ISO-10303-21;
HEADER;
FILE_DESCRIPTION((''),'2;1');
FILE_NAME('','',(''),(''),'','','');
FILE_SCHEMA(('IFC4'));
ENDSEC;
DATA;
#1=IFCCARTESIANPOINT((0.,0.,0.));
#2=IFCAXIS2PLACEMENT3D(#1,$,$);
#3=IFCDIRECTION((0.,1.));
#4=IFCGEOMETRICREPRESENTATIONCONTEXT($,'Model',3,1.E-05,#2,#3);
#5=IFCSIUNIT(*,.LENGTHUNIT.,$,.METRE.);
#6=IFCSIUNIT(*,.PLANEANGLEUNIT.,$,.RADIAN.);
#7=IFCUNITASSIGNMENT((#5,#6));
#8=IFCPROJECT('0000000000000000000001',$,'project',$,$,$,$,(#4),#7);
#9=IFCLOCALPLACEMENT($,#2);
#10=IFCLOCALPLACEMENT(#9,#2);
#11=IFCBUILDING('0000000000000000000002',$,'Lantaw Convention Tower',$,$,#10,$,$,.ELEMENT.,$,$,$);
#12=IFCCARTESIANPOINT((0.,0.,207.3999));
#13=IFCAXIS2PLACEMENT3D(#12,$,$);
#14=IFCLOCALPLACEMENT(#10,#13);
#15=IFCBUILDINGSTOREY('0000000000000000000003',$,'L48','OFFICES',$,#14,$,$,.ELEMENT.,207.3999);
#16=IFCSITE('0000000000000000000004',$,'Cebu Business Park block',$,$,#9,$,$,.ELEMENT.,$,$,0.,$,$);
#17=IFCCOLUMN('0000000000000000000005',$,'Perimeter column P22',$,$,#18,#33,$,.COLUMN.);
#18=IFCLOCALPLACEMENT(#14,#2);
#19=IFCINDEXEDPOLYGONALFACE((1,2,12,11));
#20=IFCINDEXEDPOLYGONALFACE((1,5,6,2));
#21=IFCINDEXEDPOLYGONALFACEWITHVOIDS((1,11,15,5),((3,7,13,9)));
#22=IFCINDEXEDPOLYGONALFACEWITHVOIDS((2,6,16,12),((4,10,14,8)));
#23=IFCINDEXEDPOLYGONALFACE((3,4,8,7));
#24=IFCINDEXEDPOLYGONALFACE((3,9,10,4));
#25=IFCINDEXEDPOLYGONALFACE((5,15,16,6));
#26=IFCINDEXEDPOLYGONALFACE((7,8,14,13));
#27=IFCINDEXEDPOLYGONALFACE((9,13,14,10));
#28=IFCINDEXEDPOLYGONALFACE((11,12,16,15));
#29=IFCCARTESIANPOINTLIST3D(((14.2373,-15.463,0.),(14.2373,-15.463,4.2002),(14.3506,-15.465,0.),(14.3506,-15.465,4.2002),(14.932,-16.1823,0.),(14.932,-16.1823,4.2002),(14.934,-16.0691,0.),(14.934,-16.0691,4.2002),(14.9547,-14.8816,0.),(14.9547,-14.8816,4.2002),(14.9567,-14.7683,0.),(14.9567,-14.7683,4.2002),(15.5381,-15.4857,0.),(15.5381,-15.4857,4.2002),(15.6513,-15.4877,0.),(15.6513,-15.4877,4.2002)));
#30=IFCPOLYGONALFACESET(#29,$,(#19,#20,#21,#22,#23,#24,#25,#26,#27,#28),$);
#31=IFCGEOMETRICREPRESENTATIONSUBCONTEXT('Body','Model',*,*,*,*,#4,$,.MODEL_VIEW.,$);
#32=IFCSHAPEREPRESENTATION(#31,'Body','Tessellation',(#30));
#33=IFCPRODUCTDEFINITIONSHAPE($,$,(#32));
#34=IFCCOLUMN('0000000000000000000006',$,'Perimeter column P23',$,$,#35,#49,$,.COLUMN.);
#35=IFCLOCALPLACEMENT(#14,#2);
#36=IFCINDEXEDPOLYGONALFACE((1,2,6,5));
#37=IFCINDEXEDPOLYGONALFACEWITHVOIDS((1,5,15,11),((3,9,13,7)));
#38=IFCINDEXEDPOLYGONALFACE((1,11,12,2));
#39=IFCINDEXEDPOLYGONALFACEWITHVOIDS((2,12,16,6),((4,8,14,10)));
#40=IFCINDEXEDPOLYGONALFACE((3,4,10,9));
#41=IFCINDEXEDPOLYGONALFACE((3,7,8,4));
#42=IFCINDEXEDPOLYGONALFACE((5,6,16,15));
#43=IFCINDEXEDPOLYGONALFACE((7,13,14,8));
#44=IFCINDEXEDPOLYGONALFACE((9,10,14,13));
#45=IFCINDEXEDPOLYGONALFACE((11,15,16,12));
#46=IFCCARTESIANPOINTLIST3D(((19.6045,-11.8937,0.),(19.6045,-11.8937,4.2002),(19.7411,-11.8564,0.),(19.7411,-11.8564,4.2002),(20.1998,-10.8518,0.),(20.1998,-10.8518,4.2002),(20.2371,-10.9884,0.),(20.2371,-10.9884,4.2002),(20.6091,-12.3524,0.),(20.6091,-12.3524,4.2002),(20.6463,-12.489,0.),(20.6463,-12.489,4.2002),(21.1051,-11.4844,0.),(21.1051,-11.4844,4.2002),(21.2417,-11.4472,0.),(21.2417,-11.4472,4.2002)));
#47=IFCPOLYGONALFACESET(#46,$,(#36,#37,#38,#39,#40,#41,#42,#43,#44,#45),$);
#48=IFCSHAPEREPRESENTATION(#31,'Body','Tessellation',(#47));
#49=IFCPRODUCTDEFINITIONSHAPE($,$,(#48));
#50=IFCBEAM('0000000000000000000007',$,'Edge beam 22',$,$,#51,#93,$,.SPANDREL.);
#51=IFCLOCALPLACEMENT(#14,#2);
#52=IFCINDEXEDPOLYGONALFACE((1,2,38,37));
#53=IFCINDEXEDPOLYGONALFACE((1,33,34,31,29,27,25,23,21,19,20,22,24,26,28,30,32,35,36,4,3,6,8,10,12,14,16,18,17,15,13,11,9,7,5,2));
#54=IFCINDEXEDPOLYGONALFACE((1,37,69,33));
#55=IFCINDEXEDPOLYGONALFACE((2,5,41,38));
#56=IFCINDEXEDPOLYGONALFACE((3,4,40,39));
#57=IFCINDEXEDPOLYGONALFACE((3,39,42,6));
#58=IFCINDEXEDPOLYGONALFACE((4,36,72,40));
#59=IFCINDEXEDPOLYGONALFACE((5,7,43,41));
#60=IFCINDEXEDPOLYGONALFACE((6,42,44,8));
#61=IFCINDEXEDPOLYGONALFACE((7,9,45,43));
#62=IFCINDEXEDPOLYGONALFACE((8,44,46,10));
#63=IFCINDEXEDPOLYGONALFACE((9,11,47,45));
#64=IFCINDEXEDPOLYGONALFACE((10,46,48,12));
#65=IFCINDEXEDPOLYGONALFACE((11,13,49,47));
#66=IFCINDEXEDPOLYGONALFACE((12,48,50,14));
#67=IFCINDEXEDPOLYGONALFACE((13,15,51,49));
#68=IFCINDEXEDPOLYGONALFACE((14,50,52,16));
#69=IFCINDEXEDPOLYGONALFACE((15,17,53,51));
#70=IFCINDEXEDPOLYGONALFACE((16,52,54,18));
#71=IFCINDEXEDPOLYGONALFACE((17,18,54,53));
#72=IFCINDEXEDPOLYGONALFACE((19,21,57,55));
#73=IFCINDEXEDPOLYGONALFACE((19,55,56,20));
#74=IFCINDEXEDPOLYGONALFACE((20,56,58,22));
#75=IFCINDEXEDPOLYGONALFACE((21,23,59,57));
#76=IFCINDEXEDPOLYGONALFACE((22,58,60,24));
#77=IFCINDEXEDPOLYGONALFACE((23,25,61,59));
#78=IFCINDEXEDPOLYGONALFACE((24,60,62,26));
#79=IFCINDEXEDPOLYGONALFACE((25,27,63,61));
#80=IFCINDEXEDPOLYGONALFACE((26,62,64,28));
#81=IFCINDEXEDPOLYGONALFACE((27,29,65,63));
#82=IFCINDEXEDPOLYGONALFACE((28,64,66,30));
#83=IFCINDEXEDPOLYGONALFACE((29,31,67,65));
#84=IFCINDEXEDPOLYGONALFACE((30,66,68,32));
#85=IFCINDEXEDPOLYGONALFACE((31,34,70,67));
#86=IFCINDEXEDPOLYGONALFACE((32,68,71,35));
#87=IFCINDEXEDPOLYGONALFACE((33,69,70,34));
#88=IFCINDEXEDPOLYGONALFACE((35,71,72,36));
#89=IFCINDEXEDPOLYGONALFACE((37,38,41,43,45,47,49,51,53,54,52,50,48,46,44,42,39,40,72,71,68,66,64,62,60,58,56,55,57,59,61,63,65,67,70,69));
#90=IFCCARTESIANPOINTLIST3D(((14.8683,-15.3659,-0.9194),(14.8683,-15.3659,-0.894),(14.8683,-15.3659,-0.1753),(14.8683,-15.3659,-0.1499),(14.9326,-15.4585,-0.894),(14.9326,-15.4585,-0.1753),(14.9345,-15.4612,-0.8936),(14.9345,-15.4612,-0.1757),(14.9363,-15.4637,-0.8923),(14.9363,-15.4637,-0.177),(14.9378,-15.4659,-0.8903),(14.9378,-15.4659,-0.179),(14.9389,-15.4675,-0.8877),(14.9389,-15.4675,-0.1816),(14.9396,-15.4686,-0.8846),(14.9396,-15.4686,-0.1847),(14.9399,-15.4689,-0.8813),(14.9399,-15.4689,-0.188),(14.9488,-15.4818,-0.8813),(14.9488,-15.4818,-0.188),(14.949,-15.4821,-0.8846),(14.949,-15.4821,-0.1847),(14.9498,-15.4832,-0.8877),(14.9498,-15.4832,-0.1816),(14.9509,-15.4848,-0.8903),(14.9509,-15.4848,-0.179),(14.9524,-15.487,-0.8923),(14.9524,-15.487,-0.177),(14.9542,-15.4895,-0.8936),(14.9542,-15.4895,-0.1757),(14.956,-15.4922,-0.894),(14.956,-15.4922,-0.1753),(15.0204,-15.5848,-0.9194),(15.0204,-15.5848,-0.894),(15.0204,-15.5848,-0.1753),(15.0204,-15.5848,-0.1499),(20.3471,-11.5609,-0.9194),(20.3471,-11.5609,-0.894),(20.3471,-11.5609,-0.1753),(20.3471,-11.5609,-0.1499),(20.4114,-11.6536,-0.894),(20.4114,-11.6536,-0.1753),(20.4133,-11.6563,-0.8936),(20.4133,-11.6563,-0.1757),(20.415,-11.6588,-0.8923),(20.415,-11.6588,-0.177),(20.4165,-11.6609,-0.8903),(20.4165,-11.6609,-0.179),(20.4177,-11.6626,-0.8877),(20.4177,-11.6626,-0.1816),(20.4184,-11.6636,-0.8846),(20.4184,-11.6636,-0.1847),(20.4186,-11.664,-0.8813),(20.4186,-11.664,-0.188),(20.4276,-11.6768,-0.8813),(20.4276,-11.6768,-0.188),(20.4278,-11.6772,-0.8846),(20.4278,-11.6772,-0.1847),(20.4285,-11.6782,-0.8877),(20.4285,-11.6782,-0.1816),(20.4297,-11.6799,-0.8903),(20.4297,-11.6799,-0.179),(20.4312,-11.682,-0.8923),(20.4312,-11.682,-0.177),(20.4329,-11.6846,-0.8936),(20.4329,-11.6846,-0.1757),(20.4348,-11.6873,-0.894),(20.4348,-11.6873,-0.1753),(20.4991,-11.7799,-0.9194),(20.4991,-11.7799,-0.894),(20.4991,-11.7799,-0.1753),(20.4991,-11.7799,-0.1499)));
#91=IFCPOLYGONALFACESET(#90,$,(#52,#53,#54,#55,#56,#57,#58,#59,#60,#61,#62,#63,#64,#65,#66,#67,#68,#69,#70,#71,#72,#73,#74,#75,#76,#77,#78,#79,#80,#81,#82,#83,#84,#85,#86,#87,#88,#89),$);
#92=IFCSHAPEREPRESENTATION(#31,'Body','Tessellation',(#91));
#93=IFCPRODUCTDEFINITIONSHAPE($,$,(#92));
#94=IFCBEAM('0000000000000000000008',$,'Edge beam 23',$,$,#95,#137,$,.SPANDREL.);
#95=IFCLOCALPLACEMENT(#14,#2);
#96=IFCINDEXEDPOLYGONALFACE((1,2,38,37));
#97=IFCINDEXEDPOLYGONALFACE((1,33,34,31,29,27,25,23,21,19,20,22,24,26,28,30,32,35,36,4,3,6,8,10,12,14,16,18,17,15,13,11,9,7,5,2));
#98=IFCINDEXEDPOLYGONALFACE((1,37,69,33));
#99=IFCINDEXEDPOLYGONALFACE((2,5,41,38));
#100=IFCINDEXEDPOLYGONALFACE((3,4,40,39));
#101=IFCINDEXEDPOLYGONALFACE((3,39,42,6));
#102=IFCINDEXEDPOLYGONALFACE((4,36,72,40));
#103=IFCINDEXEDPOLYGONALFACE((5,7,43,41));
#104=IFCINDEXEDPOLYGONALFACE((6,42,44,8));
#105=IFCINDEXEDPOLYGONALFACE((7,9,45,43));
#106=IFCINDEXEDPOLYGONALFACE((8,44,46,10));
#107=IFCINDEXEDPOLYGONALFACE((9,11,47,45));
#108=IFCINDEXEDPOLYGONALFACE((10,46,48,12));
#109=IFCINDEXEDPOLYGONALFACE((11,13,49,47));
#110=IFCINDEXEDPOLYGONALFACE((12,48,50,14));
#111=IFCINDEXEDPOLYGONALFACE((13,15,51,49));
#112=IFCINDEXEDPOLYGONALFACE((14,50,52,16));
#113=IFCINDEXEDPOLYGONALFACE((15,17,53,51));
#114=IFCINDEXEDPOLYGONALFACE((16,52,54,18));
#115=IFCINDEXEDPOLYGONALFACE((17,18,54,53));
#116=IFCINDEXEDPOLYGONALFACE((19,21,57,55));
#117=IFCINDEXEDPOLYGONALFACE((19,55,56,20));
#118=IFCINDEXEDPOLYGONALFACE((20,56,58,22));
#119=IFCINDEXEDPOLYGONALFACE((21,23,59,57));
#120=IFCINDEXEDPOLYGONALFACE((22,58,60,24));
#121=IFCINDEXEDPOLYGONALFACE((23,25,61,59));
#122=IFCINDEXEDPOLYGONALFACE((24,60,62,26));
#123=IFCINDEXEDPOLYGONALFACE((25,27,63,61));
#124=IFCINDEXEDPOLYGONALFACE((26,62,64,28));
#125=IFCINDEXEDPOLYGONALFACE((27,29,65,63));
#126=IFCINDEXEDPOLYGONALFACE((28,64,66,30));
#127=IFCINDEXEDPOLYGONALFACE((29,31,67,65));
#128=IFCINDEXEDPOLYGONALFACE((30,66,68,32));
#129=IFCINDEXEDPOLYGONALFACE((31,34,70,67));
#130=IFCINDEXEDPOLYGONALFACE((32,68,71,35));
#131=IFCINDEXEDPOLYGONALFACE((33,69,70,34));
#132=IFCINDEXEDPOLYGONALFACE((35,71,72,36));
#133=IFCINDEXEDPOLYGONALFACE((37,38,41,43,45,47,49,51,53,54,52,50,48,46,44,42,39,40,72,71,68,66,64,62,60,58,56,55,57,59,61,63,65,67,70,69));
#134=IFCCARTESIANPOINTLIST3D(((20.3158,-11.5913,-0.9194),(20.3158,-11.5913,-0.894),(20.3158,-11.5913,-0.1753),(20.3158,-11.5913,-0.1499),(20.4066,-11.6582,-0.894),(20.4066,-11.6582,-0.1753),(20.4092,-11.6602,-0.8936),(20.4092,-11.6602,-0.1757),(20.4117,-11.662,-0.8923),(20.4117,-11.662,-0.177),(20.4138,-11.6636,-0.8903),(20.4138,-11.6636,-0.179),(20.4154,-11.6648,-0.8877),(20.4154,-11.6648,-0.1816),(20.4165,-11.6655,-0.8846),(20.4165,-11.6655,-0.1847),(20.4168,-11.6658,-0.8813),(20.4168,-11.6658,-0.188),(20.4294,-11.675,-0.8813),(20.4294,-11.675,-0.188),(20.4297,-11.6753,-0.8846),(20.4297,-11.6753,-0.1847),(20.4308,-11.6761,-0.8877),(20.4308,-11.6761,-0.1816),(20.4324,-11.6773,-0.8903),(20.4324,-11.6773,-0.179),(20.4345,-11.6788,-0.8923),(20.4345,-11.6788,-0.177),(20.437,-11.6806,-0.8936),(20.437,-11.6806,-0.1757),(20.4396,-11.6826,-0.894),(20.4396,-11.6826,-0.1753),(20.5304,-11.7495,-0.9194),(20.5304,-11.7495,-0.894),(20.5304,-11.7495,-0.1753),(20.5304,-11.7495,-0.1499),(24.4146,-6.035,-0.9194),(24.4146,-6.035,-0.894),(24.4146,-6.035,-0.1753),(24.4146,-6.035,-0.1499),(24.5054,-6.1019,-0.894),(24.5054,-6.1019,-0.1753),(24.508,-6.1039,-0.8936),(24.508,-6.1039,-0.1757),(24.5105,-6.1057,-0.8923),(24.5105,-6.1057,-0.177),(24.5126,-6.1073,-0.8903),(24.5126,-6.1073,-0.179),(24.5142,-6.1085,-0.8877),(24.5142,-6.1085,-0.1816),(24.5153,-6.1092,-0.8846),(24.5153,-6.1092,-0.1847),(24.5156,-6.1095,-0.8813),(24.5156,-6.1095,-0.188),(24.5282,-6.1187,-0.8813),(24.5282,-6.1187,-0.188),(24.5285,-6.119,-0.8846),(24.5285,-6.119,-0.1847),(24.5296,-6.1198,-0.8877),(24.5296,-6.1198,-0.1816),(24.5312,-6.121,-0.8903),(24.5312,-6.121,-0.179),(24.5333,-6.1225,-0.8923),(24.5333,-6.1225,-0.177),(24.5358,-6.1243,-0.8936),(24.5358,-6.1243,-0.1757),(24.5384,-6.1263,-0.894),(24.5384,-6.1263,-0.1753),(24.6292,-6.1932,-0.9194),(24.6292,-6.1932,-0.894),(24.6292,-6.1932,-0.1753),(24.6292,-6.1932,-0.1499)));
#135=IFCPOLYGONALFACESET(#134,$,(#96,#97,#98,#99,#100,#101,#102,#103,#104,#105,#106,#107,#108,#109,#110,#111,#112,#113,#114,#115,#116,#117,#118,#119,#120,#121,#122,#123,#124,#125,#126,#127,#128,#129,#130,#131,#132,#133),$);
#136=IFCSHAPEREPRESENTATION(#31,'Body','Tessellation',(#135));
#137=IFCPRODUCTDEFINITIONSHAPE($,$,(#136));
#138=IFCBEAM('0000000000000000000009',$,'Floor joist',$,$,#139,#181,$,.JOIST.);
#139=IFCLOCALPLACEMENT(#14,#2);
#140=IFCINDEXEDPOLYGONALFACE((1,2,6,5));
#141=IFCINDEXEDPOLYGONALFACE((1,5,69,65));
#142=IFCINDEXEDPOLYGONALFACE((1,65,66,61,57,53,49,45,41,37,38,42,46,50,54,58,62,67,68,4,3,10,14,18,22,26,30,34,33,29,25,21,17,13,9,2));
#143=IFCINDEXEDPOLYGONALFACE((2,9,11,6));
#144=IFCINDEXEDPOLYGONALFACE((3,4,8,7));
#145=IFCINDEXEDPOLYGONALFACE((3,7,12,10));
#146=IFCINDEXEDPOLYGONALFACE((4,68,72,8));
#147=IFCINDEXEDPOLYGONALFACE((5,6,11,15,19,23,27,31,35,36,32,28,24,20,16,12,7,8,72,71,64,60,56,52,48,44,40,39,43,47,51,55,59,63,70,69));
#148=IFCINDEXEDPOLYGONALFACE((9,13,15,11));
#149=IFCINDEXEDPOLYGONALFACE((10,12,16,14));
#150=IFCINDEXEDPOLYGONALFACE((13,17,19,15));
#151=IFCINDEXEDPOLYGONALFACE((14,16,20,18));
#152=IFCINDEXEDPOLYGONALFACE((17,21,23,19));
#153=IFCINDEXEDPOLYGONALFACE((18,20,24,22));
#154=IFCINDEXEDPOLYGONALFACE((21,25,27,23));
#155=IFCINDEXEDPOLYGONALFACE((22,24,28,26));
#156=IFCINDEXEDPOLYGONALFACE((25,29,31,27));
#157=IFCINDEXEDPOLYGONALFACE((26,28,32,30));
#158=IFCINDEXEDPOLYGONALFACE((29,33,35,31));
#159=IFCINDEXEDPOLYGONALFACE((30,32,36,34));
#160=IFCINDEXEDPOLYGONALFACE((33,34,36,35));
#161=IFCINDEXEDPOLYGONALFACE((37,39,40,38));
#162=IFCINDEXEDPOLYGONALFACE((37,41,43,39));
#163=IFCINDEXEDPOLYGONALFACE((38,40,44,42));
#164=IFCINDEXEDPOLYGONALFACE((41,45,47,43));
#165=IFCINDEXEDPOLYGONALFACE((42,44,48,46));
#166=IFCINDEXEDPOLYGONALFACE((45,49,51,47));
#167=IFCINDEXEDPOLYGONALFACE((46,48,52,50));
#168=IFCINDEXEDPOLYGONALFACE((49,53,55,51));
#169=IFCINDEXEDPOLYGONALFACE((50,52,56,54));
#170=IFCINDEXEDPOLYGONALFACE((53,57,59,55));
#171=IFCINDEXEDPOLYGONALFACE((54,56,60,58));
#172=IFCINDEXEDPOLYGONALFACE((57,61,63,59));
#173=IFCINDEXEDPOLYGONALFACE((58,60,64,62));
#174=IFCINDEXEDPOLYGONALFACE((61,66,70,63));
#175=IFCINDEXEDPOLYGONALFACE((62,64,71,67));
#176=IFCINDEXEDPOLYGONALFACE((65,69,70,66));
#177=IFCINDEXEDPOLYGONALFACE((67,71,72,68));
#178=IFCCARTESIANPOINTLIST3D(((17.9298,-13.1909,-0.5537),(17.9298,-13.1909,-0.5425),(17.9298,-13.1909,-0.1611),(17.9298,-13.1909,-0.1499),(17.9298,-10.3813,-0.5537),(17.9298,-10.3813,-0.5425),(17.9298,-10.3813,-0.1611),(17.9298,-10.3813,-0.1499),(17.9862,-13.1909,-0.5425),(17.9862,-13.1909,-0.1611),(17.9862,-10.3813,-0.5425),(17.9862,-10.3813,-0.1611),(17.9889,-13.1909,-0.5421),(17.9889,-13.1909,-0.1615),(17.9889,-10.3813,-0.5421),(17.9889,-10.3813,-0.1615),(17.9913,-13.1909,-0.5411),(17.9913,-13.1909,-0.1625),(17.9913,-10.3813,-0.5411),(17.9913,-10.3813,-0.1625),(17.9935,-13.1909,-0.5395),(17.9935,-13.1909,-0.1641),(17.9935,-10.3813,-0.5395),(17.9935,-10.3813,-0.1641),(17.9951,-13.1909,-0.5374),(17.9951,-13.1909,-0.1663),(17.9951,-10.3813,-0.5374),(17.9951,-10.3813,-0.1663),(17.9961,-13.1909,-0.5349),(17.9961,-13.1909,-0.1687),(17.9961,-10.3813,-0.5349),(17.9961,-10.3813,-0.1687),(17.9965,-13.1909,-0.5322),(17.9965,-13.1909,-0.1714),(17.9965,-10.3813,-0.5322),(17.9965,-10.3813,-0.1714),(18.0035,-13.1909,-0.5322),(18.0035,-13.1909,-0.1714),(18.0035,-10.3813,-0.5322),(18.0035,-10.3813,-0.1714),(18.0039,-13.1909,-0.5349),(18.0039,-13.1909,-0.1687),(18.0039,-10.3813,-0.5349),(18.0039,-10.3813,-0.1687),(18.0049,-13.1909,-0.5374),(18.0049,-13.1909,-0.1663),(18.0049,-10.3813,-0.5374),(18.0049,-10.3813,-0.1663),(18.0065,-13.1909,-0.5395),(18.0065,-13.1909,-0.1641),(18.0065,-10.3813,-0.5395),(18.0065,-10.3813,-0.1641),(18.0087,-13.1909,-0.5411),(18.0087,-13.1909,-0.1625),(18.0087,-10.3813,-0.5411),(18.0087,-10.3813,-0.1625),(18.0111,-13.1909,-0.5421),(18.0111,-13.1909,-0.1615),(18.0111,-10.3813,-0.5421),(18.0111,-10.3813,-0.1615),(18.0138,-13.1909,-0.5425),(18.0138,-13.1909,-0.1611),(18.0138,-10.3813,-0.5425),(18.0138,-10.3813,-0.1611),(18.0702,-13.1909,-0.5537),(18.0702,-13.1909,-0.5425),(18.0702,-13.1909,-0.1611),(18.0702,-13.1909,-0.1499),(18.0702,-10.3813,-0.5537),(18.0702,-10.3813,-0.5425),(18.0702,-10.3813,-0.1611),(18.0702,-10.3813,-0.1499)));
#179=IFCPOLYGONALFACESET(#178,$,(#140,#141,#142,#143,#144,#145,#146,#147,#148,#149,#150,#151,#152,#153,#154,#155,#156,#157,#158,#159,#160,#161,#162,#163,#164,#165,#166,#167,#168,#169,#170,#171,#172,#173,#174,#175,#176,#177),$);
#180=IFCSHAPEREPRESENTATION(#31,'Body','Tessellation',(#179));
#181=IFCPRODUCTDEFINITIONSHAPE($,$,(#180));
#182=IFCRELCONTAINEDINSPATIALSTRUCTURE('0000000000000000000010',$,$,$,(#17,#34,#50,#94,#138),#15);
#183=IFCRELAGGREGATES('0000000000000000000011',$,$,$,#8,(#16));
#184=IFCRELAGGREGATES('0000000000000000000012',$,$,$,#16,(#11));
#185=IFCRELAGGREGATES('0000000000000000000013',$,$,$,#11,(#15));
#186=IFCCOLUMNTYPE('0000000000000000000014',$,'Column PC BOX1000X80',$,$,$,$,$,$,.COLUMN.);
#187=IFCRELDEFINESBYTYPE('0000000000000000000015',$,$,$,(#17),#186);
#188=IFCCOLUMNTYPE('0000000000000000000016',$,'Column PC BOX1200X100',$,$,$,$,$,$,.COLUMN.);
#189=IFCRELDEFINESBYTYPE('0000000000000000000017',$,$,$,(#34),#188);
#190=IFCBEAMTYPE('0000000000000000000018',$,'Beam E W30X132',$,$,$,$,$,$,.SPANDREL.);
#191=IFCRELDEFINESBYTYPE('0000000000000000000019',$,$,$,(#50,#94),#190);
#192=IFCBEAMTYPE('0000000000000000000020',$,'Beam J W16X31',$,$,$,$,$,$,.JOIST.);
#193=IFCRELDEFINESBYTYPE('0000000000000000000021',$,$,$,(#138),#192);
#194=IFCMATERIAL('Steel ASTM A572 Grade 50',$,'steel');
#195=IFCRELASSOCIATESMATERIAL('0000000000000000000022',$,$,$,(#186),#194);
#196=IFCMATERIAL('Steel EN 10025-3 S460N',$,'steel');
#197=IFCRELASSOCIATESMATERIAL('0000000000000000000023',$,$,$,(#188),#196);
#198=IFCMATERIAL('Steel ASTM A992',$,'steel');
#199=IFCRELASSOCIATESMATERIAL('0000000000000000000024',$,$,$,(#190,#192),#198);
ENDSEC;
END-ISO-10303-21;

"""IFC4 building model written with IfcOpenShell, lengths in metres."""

from ifc_helpers import new_model, si_unit, direction, frame, origin, origin_2d, place, context, subcontext, project, spatial, rectangle, hollow_rectangle, i_section, extrude, material, material_profile, profile_set, type_object, element, save


model = new_model("IFC4")

# Units and contexts
model_context = context("Model", 3, precision=1e-05, world=origin(), true_north=direction((0.0, 1.0)))
body_context = subcontext(model_context, "Body", "Model", "MODEL_VIEW")
ifc_project = project(units=[si_unit("LENGTHUNIT", "METRE"), si_unit("PLANEANGLEUNIT", "RADIAN")], contexts=[model_context])

# Site, building, storey
site_placement = place(None, origin())
site = spatial("IfcSite", under=ifc_project, at=site_placement, Name="Cebu Business Park block", CompositionType="ELEMENT", RefElevation=0.0)
building_placement = place(site_placement, origin())
building = spatial("IfcBuilding", under=site, at=building_placement, Name="Lantaw Convention Tower", CompositionType="ELEMENT")
storey_placement = place(building_placement, frame((0.0, 0.0, 207.3999)))
storey = spatial("IfcBuildingStorey", under=building, at=storey_placement, Name="L48", Description="OFFICES", CompositionType="ELEMENT", Elevation=207.3999)

# Columns
ifc_material_1 = material(Name="Steel ASTM A572 Grade 50", Category="steel")
ifc_material_profile_1 = material_profile(ifc_material_1, hollow_rectangle(XDim=1.0, YDim=1.0, WallThickness=0.0801, at=origin_2d()), Name="BOX1000X80")
ifc_material_2 = material(Name="Concrete C60/75", Category="concrete")
ifc_material_profile_2 = material_profile(ifc_material_2, rectangle(XDim=0.8401, YDim=0.8401, at=origin_2d()), Name="Concrete fill of BOX1000X80")
ifc_profile_set_1 = profile_set([ifc_material_profile_1, ifc_material_profile_2], Name="Steel ASTM A572 Grade 50")
column_type_1 = type_object("IfcColumnType", Name="Column PC BOX1000X80", PredefinedType="COLUMN", material=ifc_profile_set_1)
column_1_placement = place(storey_placement, frame((14.9443, -15.4753, 0.0), z_axis=(0.0, 0.0, 1.0), x_axis=(0.71934, 0.694658, 0.0)))
element("IfcColumn", 1, at=column_1_placement, inside=storey, type_object=column_type_1, Name="Perimeter column P22", PredefinedType="COLUMN", context=body_context, shape_type="SweptSolid", body=[
    extrude(hollow_rectangle(XDim=1.0, YDim=1.0, WallThickness=0.0801, at=origin_2d()), origin(), (0.0, 0.0, 1.0), 4.2002),
])
ifc_material_3 = material(Name="Steel EN 10025-3 S460N", Category="steel")
ifc_material_profile_3 = material_profile(ifc_material_3, hollow_rectangle(XDim=1.2, YDim=1.2, WallThickness=0.1001, at=origin_2d()), Name="BOX1200X100")
ifc_material_profile_4 = material_profile(ifc_material_2, rectangle(XDim=1.0, YDim=1.0, at=origin_2d()), Name="Concrete fill of BOX1200X100")
ifc_profile_set_2 = profile_set([ifc_material_profile_3, ifc_material_profile_4], Name="Steel EN 10025-3 S460N")
column_type_2 = type_object("IfcColumnType", Name="Column PC BOX1200X100", PredefinedType="COLUMN", material=ifc_profile_set_2)
column_2_placement = place(storey_placement, frame((20.4231, -11.6704, 0.0), z_axis=(0.0, 0.0, 1.0), x_axis=(0.496139, 0.868243, 0.0)))
element("IfcColumn", 2, at=column_2_placement, inside=storey, type_object=column_type_2, Name="Perimeter column P23", PredefinedType="COLUMN", context=body_context, shape_type="SweptSolid", body=[
    extrude(hollow_rectangle(XDim=1.2, YDim=1.2, WallThickness=0.1001, at=origin_2d()), origin(), (0.0, 0.0, 1.0), 4.2002),
])

# Beams
ifc_material_4 = material(Name="Steel ASTM A992", Category="steel")
ifc_material_profile_5 = material_profile(ifc_material_4, i_section(OverallWidth=0.2666, OverallDepth=0.7695, WebThickness=0.0156, FlangeThickness=0.0254, FilletRadius=0.0127, at=origin_2d()), Name="W30X132")
ifc_profile_set_3 = profile_set([ifc_material_profile_5], Name="Steel ASTM A992")
beam_type_1 = type_object("IfcBeamType", Name="Beam E W30X132", PredefinedType="SPANDREL", material=ifc_profile_set_3)
beam_1_placement = place(storey_placement, frame((14.9443, -15.4753, -0.5347), z_axis=(0.821353, 0.57042, 0.0), x_axis=(-0.57042, 0.821353, 0.0)))
element("IfcBeam", 3, at=beam_1_placement, inside=storey, type_object=beam_type_1, Name="Edge beam 22", PredefinedType="SPANDREL", context=body_context, shape_type="SweptSolid", body=[
    extrude(i_section(OverallWidth=0.2666, OverallDepth=0.7695, WebThickness=0.0156, FlangeThickness=0.0254, FilletRadius=0.0127, at=origin_2d()), origin(), (0.0, 0.0, 1.0), 6.6704),
])
beam_2_placement = place(storey_placement, frame((20.4231, -11.6704, -0.5347), z_axis=(0.593639, 0.804731, 0.0), x_axis=(-0.804731, 0.593639, 0.0)))
element("IfcBeam", 4, at=beam_2_placement, inside=storey, type_object=beam_type_1, Name="Edge beam 23", PredefinedType="SPANDREL", context=body_context, shape_type="SweptSolid", body=[
    extrude(i_section(OverallWidth=0.2666, OverallDepth=0.7695, WebThickness=0.0156, FlangeThickness=0.0254, FilletRadius=0.0127, at=origin_2d()), origin(), (0.0, 0.0, 1.0), 6.9045),
])
ifc_material_profile_6 = material_profile(ifc_material_4, i_section(OverallWidth=0.1404, OverallDepth=0.4038, WebThickness=0.0071, FlangeThickness=0.0112, FilletRadius=0.0103, at=origin_2d()), Name="W16X31")
ifc_profile_set_4 = profile_set([ifc_material_profile_6], Name="Steel ASTM A992")
beam_type_2 = type_object("IfcBeamType", Name="Beam J W16X31", PredefinedType="JOIST", material=ifc_profile_set_4)
beam_3_placement = place(storey_placement, frame((18.0, -13.1909, -0.3518), z_axis=(0.0, 1.0, 0.0), x_axis=(-1.0, 0.0, 0.0)))
element("IfcBeam", 5, at=beam_3_placement, inside=storey, type_object=beam_type_2, Name="Floor joist", PredefinedType="JOIST", context=body_context, shape_type="SweptSolid", body=[
    extrude(i_section(OverallWidth=0.1404, OverallDepth=0.4038, WebThickness=0.0071, FlangeThickness=0.0112, FilletRadius=0.0103, at=origin_2d()), origin(), (0.0, 0.0, 1.0), 2.8096),
])

save(model, "model.ifc")
